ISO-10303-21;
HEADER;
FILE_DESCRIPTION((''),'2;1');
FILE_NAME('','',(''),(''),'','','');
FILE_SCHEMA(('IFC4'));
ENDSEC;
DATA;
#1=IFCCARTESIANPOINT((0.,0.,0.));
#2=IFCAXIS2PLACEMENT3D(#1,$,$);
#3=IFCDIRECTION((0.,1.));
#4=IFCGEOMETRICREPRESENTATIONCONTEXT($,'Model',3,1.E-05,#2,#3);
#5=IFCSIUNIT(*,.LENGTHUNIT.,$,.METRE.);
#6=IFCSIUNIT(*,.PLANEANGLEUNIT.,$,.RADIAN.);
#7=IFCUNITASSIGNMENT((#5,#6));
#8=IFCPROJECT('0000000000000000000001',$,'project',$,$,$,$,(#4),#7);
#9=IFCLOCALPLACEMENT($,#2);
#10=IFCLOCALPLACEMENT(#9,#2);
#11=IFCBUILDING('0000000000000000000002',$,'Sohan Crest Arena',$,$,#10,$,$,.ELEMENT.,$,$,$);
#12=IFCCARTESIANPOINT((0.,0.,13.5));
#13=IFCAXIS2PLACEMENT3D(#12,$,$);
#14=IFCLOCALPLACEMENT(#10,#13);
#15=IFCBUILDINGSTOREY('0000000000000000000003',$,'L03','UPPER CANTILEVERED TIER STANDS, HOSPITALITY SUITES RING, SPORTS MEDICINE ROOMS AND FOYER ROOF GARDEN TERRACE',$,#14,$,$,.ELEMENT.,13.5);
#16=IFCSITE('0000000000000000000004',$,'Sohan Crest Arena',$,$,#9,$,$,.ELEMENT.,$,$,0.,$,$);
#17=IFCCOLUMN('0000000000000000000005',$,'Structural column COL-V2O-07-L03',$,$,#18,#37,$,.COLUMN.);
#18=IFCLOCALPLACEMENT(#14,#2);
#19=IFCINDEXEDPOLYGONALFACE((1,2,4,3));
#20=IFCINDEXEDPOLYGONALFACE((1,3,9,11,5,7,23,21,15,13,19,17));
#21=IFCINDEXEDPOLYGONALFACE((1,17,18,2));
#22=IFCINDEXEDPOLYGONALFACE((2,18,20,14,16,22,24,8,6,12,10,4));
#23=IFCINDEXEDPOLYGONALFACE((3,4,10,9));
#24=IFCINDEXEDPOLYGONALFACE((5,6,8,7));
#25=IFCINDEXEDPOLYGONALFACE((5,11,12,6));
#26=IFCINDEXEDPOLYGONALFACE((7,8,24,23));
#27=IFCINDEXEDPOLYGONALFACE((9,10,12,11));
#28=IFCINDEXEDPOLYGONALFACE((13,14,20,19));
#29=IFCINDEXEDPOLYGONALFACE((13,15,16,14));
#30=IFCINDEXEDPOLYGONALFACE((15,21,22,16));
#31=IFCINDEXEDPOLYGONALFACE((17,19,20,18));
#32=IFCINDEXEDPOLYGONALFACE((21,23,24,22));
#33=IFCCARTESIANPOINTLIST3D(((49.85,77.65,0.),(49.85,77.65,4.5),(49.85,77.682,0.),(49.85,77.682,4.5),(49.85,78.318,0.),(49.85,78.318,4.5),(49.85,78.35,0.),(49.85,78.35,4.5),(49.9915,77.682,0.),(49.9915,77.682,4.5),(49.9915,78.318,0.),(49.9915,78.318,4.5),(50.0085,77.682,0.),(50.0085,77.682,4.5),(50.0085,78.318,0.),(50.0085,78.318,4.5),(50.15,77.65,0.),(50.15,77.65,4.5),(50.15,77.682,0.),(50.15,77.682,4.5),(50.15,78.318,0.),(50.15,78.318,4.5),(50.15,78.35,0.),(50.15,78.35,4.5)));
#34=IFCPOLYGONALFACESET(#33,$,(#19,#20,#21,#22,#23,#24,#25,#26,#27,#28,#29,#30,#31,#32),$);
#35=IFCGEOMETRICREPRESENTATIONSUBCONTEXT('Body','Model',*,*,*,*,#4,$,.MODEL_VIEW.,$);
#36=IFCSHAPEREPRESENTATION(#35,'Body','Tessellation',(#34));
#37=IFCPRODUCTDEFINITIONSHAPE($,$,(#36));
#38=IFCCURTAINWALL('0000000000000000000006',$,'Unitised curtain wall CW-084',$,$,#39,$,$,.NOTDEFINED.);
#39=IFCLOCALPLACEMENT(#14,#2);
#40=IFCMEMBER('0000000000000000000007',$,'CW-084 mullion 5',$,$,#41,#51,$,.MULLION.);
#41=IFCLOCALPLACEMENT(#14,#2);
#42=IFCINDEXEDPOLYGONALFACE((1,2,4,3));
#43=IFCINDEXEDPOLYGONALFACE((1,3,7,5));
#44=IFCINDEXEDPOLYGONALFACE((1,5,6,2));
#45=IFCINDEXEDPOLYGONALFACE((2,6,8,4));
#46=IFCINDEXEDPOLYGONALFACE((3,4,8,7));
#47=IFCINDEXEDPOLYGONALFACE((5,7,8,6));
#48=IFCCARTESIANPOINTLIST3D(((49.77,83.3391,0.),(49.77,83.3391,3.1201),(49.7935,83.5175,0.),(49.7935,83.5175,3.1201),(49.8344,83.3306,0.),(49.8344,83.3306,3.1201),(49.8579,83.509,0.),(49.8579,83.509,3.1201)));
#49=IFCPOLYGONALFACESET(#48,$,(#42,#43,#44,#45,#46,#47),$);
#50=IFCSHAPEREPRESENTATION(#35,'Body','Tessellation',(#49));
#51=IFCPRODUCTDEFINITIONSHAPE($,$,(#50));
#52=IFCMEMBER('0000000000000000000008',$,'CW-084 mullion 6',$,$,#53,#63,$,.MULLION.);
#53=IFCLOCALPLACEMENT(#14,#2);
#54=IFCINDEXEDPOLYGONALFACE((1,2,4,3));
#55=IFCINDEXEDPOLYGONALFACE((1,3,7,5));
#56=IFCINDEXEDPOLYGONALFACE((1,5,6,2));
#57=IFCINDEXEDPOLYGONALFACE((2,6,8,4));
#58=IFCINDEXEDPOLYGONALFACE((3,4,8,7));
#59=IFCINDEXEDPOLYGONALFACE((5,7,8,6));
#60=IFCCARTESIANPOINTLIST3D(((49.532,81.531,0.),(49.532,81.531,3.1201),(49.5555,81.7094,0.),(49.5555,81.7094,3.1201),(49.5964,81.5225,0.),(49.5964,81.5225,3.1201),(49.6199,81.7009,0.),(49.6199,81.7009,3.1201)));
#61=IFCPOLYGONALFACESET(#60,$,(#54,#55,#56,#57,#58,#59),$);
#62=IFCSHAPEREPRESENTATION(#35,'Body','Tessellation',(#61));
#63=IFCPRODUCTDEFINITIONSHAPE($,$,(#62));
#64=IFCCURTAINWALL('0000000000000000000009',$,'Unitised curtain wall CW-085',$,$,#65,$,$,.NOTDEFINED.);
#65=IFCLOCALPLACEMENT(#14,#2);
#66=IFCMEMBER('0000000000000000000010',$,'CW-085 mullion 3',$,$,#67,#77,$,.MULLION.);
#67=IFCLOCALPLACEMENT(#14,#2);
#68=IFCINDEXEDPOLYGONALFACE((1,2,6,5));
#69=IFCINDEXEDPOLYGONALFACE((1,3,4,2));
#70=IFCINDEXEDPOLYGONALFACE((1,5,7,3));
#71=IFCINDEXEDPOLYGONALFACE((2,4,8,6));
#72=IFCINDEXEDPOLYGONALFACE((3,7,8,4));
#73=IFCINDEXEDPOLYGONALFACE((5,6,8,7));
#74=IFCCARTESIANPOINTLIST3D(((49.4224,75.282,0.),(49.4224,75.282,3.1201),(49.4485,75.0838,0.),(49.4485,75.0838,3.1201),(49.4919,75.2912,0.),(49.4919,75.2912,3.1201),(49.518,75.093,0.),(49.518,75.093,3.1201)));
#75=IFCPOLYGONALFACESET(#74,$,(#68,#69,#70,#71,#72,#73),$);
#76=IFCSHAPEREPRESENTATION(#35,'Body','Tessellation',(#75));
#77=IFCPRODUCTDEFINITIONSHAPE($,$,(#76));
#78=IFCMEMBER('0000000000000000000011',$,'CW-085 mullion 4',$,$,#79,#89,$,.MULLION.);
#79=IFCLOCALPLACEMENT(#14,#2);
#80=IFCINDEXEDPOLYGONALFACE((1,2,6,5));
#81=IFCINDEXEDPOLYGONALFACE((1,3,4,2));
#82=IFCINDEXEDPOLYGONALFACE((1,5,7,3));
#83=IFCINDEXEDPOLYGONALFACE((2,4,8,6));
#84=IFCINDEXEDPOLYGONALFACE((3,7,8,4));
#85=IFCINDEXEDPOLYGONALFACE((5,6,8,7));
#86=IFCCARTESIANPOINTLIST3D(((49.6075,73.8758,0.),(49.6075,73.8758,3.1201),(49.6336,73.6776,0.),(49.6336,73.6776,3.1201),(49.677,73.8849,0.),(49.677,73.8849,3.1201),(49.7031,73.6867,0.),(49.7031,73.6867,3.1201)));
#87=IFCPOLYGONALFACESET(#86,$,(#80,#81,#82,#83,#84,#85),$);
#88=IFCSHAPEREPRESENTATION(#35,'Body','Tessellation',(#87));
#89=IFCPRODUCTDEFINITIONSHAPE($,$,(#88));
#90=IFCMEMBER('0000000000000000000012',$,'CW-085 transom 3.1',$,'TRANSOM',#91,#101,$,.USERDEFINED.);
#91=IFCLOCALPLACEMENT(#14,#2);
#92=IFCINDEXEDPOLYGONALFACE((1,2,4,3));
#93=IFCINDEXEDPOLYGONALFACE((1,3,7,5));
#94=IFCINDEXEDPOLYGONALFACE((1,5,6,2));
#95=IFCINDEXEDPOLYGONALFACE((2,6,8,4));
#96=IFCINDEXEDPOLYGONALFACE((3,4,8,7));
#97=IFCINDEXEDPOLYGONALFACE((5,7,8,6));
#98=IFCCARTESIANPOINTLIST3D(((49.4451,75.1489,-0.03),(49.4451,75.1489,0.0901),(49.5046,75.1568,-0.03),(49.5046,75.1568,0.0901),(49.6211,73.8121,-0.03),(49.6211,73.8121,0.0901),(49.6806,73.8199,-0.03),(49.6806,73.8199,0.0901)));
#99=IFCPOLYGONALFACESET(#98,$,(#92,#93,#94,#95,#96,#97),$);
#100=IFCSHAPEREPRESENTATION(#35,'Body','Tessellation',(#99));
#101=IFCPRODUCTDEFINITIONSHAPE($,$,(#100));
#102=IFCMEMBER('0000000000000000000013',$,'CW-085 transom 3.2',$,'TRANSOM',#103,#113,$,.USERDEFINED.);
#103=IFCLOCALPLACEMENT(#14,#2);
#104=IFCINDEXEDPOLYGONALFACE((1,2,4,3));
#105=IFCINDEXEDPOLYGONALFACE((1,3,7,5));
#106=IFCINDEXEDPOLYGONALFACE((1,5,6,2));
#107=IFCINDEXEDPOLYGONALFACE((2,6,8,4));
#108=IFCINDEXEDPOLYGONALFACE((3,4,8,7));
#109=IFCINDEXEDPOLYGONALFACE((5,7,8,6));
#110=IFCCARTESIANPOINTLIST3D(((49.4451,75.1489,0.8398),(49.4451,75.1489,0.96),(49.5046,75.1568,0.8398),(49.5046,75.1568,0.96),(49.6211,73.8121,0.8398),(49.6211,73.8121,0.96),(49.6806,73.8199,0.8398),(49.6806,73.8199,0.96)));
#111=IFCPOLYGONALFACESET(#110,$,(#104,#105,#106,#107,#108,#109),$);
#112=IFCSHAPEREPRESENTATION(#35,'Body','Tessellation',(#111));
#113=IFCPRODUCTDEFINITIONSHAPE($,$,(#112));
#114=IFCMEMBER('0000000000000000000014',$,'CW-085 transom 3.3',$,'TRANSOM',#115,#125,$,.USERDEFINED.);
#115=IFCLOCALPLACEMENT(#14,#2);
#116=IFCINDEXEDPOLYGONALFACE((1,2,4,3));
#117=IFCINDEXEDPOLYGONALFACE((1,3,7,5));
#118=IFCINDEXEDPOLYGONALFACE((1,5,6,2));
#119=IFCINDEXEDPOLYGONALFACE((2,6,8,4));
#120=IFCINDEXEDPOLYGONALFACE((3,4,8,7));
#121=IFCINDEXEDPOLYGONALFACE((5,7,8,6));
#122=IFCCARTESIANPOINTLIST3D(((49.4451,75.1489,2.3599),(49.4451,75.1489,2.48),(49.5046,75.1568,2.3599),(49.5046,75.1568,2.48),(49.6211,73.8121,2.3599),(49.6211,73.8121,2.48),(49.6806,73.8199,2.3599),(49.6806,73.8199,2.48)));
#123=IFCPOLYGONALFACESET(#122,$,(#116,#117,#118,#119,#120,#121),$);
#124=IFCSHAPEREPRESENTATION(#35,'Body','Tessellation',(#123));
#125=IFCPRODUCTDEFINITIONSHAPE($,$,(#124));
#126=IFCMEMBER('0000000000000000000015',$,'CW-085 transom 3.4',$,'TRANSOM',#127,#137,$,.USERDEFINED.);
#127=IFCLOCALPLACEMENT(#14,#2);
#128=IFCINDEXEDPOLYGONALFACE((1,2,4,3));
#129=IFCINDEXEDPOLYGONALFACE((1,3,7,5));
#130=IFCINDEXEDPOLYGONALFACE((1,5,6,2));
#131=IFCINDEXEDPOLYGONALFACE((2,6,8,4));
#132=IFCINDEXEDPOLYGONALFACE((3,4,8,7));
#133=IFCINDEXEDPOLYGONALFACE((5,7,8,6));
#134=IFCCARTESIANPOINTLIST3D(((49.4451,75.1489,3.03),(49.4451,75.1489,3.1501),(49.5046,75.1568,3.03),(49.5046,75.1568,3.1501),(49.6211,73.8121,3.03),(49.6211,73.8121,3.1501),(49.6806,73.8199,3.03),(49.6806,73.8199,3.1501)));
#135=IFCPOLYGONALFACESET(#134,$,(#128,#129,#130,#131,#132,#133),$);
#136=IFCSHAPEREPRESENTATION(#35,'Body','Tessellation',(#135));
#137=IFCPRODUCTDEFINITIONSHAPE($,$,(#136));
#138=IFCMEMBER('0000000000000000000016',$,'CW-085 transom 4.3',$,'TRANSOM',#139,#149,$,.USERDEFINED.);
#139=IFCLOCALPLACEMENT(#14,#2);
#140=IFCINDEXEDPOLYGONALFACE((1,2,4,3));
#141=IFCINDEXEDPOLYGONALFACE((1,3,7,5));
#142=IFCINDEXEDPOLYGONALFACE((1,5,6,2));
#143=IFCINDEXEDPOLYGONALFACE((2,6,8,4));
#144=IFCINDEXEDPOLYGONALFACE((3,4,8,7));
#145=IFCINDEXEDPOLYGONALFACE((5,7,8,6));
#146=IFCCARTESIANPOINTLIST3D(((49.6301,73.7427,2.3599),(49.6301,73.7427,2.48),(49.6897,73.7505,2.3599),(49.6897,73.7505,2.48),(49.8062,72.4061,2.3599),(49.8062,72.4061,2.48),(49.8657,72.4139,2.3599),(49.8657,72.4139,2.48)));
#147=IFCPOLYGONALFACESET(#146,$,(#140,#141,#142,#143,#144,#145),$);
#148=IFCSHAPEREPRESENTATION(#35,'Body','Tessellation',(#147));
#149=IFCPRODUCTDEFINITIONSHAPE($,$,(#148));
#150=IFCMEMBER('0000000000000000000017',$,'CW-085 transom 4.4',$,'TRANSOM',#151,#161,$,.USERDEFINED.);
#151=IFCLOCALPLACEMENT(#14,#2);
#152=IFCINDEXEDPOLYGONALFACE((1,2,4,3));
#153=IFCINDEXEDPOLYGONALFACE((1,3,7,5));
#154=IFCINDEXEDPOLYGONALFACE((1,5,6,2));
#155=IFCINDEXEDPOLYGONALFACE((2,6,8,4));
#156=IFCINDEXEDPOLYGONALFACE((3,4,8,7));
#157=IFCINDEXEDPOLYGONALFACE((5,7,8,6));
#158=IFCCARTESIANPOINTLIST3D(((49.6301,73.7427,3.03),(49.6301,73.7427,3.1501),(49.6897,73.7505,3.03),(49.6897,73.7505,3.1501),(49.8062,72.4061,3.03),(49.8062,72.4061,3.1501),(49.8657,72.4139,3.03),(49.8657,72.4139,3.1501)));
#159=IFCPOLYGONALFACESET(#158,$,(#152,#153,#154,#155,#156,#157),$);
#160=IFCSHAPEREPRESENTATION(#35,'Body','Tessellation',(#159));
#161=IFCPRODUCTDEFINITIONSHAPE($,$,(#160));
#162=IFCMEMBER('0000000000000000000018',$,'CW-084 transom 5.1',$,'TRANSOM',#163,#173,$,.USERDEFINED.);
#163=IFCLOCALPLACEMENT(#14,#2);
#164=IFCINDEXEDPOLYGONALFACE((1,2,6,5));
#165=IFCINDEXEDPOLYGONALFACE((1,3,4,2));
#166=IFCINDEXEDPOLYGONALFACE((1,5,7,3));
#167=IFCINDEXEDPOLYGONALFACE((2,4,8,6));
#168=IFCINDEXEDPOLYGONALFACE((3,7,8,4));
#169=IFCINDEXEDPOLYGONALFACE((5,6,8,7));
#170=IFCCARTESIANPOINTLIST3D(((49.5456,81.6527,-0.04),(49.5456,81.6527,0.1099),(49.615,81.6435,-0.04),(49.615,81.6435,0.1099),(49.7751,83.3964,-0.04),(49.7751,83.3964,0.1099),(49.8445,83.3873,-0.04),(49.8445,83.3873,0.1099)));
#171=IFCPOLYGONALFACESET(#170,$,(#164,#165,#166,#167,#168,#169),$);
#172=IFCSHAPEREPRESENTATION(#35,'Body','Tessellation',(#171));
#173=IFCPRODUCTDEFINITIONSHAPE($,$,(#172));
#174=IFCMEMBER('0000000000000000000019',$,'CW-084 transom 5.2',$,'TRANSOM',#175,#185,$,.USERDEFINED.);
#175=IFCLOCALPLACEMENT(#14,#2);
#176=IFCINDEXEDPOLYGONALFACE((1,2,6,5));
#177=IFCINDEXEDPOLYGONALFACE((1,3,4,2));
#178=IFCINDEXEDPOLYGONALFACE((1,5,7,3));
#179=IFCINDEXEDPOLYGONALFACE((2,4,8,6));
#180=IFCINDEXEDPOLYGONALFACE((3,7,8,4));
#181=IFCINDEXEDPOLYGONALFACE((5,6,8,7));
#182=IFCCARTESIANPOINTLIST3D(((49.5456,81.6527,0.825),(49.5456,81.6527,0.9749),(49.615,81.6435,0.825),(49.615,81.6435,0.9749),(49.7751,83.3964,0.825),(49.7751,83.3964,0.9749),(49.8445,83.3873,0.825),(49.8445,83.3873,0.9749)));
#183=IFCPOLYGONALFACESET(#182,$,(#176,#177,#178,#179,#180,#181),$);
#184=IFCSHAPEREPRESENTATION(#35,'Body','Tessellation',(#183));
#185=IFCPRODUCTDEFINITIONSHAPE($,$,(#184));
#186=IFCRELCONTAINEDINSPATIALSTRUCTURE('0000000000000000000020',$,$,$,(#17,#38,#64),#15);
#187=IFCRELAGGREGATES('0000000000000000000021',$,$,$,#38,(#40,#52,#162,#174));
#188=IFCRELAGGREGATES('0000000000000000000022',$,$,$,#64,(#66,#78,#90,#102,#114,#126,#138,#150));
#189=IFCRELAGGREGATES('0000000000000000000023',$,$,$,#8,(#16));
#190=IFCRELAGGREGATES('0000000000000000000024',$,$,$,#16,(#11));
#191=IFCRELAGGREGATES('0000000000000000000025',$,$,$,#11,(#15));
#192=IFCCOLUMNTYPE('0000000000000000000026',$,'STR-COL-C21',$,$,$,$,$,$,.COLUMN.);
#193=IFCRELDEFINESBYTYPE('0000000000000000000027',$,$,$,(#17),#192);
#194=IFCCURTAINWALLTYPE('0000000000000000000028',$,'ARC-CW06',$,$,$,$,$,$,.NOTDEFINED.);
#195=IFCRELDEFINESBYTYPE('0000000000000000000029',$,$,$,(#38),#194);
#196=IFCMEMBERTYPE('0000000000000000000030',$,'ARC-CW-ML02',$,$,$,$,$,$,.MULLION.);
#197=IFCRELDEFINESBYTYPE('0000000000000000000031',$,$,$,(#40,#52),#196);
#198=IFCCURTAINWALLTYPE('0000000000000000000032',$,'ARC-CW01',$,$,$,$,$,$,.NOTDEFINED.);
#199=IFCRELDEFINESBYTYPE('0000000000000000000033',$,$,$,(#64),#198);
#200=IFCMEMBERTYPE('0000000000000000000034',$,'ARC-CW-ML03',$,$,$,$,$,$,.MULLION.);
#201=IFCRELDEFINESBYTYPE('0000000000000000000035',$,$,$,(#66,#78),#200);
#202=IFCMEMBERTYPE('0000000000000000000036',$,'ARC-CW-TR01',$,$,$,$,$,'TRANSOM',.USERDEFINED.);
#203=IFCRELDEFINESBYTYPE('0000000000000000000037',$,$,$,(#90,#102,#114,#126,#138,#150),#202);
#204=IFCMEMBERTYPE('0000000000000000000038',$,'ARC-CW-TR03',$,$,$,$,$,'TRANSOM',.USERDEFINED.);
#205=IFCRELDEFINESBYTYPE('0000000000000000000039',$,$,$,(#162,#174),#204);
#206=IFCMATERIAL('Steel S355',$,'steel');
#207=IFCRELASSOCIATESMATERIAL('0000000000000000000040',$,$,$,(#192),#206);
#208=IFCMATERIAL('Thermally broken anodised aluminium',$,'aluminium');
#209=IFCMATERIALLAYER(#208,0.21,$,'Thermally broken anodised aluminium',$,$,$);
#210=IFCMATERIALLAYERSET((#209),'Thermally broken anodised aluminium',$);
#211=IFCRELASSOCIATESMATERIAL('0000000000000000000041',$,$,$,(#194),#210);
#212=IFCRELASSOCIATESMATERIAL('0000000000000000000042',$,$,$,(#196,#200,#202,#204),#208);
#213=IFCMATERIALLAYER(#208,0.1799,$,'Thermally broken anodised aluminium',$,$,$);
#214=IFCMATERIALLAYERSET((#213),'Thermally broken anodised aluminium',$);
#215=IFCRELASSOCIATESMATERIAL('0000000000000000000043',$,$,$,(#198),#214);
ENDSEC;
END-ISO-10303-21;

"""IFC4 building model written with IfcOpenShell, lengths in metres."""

from ifc_helpers import new_model, si_unit, direction, frame, origin, origin_2d, place, context, subcontext, project, spatial, rectangle, i_section, extrude, material, layer, layer_set, material_profile, profile_set, type_object, element, aggregate, save


model = new_model("IFC4")

# Units and contexts
model_context = context("Model", 3, precision=1e-05, world=origin(), true_north=direction((0.0, 1.0)))
body_context = subcontext(model_context, "Body", "Model", "MODEL_VIEW")
ifc_project = project(units=[si_unit("LENGTHUNIT", "METRE"), si_unit("PLANEANGLEUNIT", "RADIAN")], contexts=[model_context])

# Site, building, storey
site_placement = place(None, origin())
site = spatial("IfcSite", under=ifc_project, at=site_placement, Name="Sohan Crest Arena", CompositionType="ELEMENT", RefElevation=0.0)
building_placement = place(site_placement, origin())
building = spatial("IfcBuilding", under=site, at=building_placement, Name="Sohan Crest Arena", CompositionType="ELEMENT")
storey_placement = place(building_placement, frame((0.0, 0.0, 13.5)))
storey = spatial("IfcBuildingStorey", under=building, at=storey_placement, Name="L03", Description="UPPER CANTILEVERED TIER STANDS, HOSPITALITY SUITES RING, SPORTS MEDICINE ROOMS AND FOYER ROOF GARDEN TERRACE", CompositionType="ELEMENT", Elevation=13.5)

# Column
ifc_material_1 = material(Name="Steel S355", Category="steel")
ifc_material_profile_1 = material_profile(ifc_material_1, i_section(OverallWidth=0.3, OverallDepth=0.7, WebThickness=0.0171, FlangeThickness=0.032, at=origin_2d()), Name="HEB 700")
ifc_profile_set_1 = profile_set([ifc_material_profile_1], Name="Steel S355")
column_type = type_object("IfcColumnType", Name="STR-COL-C21", PredefinedType="COLUMN", material=ifc_profile_set_1)
column_placement = place(storey_placement, frame((50.0, 78.0, 0.0), z_axis=(0.0, 0.0, 1.0), x_axis=(1.0, 0.0, 0.0)))
element("IfcColumn", 1, at=column_placement, inside=storey, type_object=column_type, Name="Structural column COL-V2O-07-L03", PredefinedType="COLUMN", context=body_context, shape_type="SweptSolid", body=[
    extrude(i_section(OverallWidth=0.3, OverallDepth=0.7, WebThickness=0.0171, FlangeThickness=0.032, at=origin_2d()), origin(), (0.0, 0.0, 1.0), 4.5),
])

# Curtain walls, members
ifc_material_2 = material(Name="Thermally broken anodised aluminium", Category="aluminium")
ifc_layer_1 = layer(ifc_material_2, 0.21, Name="Thermally broken anodised aluminium")
ifc_layer_set_1 = layer_set([ifc_layer_1], Name="Thermally broken anodised aluminium")
curtain_wall_type_1 = type_object("IfcCurtainWallType", Name="ARC-CW06", PredefinedType="NOTDEFINED", material=ifc_layer_set_1)
curtain_wall_1_placement = place(storey_placement, origin())
curtain_wall_1 = element("IfcCurtainWall", 2, at=curtain_wall_1_placement, inside=storey, type_object=curtain_wall_type_1, Name="Unitised curtain wall CW-084", PredefinedType="NOTDEFINED")
ifc_material_profile_2 = material_profile(ifc_material_2, rectangle(XDim=0.0649, YDim=0.1799, at=origin_2d()), Name="ALU-MULL 65x180")
ifc_profile_set_2 = profile_set([ifc_material_profile_2], Name="Thermally broken anodised aluminium")
member_type_1 = type_object("IfcMemberType", Name="ARC-CW-ML02", PredefinedType="MULLION", material=ifc_profile_set_2)
member_1_placement = place(storey_placement, frame((49.814, 83.4241, 0.0), z_axis=(0.0, 0.0, 1.0), x_axis=(0.991447, -0.130511, 0.0)))
member_1 = element("IfcMember", 3, at=member_1_placement, type_object=member_type_1, Name="CW-084 mullion 5", PredefinedType="MULLION", context=body_context, shape_type="SweptSolid", body=[
    extrude(rectangle(XDim=0.0649, YDim=0.1799, at=origin_2d()), origin(), (0.0, 0.0, 1.0), 3.1201),
])
member_2_placement = place(storey_placement, frame((49.5759, 81.616, 0.0), z_axis=(0.0, 0.0, 1.0), x_axis=(0.991447, -0.130511, 0.0)))
member_2 = element("IfcMember", 4, at=member_2_placement, type_object=member_type_1, Name="CW-084 mullion 6", PredefinedType="MULLION", context=body_context, shape_type="SweptSolid", body=[
    extrude(rectangle(XDim=0.0649, YDim=0.1799, at=origin_2d()), origin(), (0.0, 0.0, 1.0), 3.1201),
])
ifc_layer_2 = layer(ifc_material_2, 0.1799, Name="Thermally broken anodised aluminium")
ifc_layer_set_2 = layer_set([ifc_layer_2], Name="Thermally broken anodised aluminium")
curtain_wall_type_2 = type_object("IfcCurtainWallType", Name="ARC-CW01", PredefinedType="NOTDEFINED", material=ifc_layer_set_2)
curtain_wall_2_placement = place(storey_placement, origin())
curtain_wall_2 = element("IfcCurtainWall", 5, at=curtain_wall_2_placement, inside=storey, type_object=curtain_wall_type_2, Name="Unitised curtain wall CW-085", PredefinedType="NOTDEFINED")
ifc_material_profile_3 = material_profile(ifc_material_2, rectangle(XDim=0.0701, YDim=0.2, at=origin_2d()), Name="ALU-MULL 70x200")
ifc_profile_set_3 = profile_set([ifc_material_profile_3], Name="Thermally broken anodised aluminium")
member_type_2 = type_object("IfcMemberType", Name="ARC-CW-ML03", PredefinedType="MULLION", material=ifc_profile_set_3)
member_3_placement = place(storey_placement, frame((49.4702, 75.1875, 0.0), z_axis=(0.0, 0.0, 1.0), x_axis=(0.991447, 0.130511, 0.0)))
member_3 = element("IfcMember", 6, at=member_3_placement, type_object=member_type_2, Name="CW-085 mullion 3", PredefinedType="MULLION", context=body_context, shape_type="SweptSolid", body=[
    extrude(rectangle(XDim=0.0701, YDim=0.2, at=origin_2d()), origin(), (0.0, 0.0, 1.0), 3.1201),
])
member_4_placement = place(storey_placement, frame((49.6553, 73.7812, 0.0), z_axis=(0.0, 0.0, 1.0), x_axis=(0.991447, 0.130511, 0.0)))
member_4 = element("IfcMember", 7, at=member_4_placement, type_object=member_type_2, Name="CW-085 mullion 4", PredefinedType="MULLION", context=body_context, shape_type="SweptSolid", body=[
    extrude(rectangle(XDim=0.0701, YDim=0.2, at=origin_2d()), origin(), (0.0, 0.0, 1.0), 3.1201),
])
ifc_material_profile_4 = material_profile(ifc_material_2, rectangle(XDim=0.0601, YDim=0.1201, at=origin_2d()), Name="ALU-TRAN 60x120")
ifc_profile_set_4 = profile_set([ifc_material_profile_4], Name="Thermally broken anodised aluminium")
member_type_3 = type_object("IfcMemberType", Name="ARC-CW-TR01", ElementType="TRANSOM", PredefinedType="USERDEFINED", material=ifc_profile_set_4)
member_5_placement = place(storey_placement, frame((49.4749, 75.1528, 0.03), z_axis=(0.130539, -0.991443, 0.0), x_axis=(0.991443, 0.130539, 0.0)))
member_5 = element("IfcMember", 8, at=member_5_placement, type_object=member_type_3, Name="CW-085 transom 3.1", ObjectType="TRANSOM", PredefinedType="USERDEFINED", context=body_context, shape_type="SweptSolid", body=[
    extrude(rectangle(XDim=0.0601, YDim=0.1201, at=origin_2d()), origin(), (0.0, 0.0, 1.0), 1.3484),
])
member_6_placement = place(storey_placement, frame((49.4749, 75.1528, 0.8999), z_axis=(0.130539, -0.991443, 0.0), x_axis=(0.991443, 0.130539, 0.0)))
member_6 = element("IfcMember", 9, at=member_6_placement, type_object=member_type_3, Name="CW-085 transom 3.2", ObjectType="TRANSOM", PredefinedType="USERDEFINED", context=body_context, shape_type="SweptSolid", body=[
    extrude(rectangle(XDim=0.0601, YDim=0.1201, at=origin_2d()), origin(), (0.0, 0.0, 1.0), 1.3484),
])
member_7_placement = place(storey_placement, frame((49.4749, 75.1528, 2.4199), z_axis=(0.130539, -0.991443, 0.0), x_axis=(0.991443, 0.130539, 0.0)))
member_7 = element("IfcMember", 10, at=member_7_placement, type_object=member_type_3, Name="CW-085 transom 3.3", ObjectType="TRANSOM", PredefinedType="USERDEFINED", context=body_context, shape_type="SweptSolid", body=[
    extrude(rectangle(XDim=0.0601, YDim=0.1201, at=origin_2d()), origin(), (0.0, 0.0, 1.0), 1.3484),
])
member_8_placement = place(storey_placement, frame((49.4749, 75.1528, 3.0901), z_axis=(0.130539, -0.991443, 0.0), x_axis=(0.991443, 0.130539, 0.0)))
member_8 = element("IfcMember", 11, at=member_8_placement, type_object=member_type_3, Name="CW-085 transom 3.4", ObjectType="TRANSOM", PredefinedType="USERDEFINED", context=body_context, shape_type="SweptSolid", body=[
    extrude(rectangle(XDim=0.0601, YDim=0.1201, at=origin_2d()), origin(), (0.0, 0.0, 1.0), 1.3484),
])
member_9_placement = place(storey_placement, frame((49.6599, 73.7466, 2.4199), z_axis=(0.130562, -0.99144, 0.0), x_axis=(0.99144, 0.130562, 0.0)))
member_9 = element("IfcMember", 12, at=member_9_placement, type_object=member_type_3, Name="CW-085 transom 4.3", ObjectType="TRANSOM", PredefinedType="USERDEFINED", context=body_context, shape_type="SweptSolid", body=[
    extrude(rectangle(XDim=0.0601, YDim=0.1201, at=origin_2d()), origin(), (0.0, 0.0, 1.0), 1.3481),
])
member_10_placement = place(storey_placement, frame((49.6599, 73.7466, 3.0901), z_axis=(0.130562, -0.99144, 0.0), x_axis=(0.99144, 0.130562, 0.0)))
member_10 = element("IfcMember", 13, at=member_10_placement, type_object=member_type_3, Name="CW-085 transom 4.4", ObjectType="TRANSOM", PredefinedType="USERDEFINED", context=body_context, shape_type="SweptSolid", body=[
    extrude(rectangle(XDim=0.0601, YDim=0.1201, at=origin_2d()), origin(), (0.0, 0.0, 1.0), 1.3481),
])

# Members
ifc_material_profile_5 = material_profile(ifc_material_2, rectangle(XDim=0.0701, YDim=0.1499, at=origin_2d()), Name="ALU-TRAN 70x150")
ifc_profile_set_5 = profile_set([ifc_material_profile_5], Name="Thermally broken anodised aluminium")
member_type_4 = type_object("IfcMemberType", Name="ARC-CW-TR03", ElementType="TRANSOM", PredefinedType="USERDEFINED", material=ifc_profile_set_5)
member_11_placement = place(storey_placement, frame((49.8098, 83.3918, 0.0349), z_axis=(-0.13049, -0.99145, 0.0), x_axis=(0.99145, -0.13049, 0.0)))
member_11 = element("IfcMember", 14, at=member_11_placement, type_object=member_type_4, Name="CW-084 transom 5.1", ObjectType="TRANSOM", PredefinedType="USERDEFINED", context=body_context, shape_type="SweptSolid", body=[
    extrude(rectangle(XDim=0.0701, YDim=0.1499, at=origin_2d()), origin(), (0.0, 0.0, 1.0), 1.7588),
])
member_12_placement = place(storey_placement, frame((49.8098, 83.3918, 0.8999), z_axis=(-0.13049, -0.99145, 0.0), x_axis=(0.99145, -0.13049, 0.0)))
member_12 = element("IfcMember", 15, at=member_12_placement, type_object=member_type_4, Name="CW-084 transom 5.2", ObjectType="TRANSOM", PredefinedType="USERDEFINED", context=body_context, shape_type="SweptSolid", body=[
    extrude(rectangle(XDim=0.0701, YDim=0.1499, at=origin_2d()), origin(), (0.0, 0.0, 1.0), 1.7588),
])

aggregate(curtain_wall_1, [member_1, member_2, member_11, member_12])
aggregate(curtain_wall_2, [member_3, member_4, member_5, member_6, member_7, member_8, member_9, member_10])

save(model, "model.ifc")
